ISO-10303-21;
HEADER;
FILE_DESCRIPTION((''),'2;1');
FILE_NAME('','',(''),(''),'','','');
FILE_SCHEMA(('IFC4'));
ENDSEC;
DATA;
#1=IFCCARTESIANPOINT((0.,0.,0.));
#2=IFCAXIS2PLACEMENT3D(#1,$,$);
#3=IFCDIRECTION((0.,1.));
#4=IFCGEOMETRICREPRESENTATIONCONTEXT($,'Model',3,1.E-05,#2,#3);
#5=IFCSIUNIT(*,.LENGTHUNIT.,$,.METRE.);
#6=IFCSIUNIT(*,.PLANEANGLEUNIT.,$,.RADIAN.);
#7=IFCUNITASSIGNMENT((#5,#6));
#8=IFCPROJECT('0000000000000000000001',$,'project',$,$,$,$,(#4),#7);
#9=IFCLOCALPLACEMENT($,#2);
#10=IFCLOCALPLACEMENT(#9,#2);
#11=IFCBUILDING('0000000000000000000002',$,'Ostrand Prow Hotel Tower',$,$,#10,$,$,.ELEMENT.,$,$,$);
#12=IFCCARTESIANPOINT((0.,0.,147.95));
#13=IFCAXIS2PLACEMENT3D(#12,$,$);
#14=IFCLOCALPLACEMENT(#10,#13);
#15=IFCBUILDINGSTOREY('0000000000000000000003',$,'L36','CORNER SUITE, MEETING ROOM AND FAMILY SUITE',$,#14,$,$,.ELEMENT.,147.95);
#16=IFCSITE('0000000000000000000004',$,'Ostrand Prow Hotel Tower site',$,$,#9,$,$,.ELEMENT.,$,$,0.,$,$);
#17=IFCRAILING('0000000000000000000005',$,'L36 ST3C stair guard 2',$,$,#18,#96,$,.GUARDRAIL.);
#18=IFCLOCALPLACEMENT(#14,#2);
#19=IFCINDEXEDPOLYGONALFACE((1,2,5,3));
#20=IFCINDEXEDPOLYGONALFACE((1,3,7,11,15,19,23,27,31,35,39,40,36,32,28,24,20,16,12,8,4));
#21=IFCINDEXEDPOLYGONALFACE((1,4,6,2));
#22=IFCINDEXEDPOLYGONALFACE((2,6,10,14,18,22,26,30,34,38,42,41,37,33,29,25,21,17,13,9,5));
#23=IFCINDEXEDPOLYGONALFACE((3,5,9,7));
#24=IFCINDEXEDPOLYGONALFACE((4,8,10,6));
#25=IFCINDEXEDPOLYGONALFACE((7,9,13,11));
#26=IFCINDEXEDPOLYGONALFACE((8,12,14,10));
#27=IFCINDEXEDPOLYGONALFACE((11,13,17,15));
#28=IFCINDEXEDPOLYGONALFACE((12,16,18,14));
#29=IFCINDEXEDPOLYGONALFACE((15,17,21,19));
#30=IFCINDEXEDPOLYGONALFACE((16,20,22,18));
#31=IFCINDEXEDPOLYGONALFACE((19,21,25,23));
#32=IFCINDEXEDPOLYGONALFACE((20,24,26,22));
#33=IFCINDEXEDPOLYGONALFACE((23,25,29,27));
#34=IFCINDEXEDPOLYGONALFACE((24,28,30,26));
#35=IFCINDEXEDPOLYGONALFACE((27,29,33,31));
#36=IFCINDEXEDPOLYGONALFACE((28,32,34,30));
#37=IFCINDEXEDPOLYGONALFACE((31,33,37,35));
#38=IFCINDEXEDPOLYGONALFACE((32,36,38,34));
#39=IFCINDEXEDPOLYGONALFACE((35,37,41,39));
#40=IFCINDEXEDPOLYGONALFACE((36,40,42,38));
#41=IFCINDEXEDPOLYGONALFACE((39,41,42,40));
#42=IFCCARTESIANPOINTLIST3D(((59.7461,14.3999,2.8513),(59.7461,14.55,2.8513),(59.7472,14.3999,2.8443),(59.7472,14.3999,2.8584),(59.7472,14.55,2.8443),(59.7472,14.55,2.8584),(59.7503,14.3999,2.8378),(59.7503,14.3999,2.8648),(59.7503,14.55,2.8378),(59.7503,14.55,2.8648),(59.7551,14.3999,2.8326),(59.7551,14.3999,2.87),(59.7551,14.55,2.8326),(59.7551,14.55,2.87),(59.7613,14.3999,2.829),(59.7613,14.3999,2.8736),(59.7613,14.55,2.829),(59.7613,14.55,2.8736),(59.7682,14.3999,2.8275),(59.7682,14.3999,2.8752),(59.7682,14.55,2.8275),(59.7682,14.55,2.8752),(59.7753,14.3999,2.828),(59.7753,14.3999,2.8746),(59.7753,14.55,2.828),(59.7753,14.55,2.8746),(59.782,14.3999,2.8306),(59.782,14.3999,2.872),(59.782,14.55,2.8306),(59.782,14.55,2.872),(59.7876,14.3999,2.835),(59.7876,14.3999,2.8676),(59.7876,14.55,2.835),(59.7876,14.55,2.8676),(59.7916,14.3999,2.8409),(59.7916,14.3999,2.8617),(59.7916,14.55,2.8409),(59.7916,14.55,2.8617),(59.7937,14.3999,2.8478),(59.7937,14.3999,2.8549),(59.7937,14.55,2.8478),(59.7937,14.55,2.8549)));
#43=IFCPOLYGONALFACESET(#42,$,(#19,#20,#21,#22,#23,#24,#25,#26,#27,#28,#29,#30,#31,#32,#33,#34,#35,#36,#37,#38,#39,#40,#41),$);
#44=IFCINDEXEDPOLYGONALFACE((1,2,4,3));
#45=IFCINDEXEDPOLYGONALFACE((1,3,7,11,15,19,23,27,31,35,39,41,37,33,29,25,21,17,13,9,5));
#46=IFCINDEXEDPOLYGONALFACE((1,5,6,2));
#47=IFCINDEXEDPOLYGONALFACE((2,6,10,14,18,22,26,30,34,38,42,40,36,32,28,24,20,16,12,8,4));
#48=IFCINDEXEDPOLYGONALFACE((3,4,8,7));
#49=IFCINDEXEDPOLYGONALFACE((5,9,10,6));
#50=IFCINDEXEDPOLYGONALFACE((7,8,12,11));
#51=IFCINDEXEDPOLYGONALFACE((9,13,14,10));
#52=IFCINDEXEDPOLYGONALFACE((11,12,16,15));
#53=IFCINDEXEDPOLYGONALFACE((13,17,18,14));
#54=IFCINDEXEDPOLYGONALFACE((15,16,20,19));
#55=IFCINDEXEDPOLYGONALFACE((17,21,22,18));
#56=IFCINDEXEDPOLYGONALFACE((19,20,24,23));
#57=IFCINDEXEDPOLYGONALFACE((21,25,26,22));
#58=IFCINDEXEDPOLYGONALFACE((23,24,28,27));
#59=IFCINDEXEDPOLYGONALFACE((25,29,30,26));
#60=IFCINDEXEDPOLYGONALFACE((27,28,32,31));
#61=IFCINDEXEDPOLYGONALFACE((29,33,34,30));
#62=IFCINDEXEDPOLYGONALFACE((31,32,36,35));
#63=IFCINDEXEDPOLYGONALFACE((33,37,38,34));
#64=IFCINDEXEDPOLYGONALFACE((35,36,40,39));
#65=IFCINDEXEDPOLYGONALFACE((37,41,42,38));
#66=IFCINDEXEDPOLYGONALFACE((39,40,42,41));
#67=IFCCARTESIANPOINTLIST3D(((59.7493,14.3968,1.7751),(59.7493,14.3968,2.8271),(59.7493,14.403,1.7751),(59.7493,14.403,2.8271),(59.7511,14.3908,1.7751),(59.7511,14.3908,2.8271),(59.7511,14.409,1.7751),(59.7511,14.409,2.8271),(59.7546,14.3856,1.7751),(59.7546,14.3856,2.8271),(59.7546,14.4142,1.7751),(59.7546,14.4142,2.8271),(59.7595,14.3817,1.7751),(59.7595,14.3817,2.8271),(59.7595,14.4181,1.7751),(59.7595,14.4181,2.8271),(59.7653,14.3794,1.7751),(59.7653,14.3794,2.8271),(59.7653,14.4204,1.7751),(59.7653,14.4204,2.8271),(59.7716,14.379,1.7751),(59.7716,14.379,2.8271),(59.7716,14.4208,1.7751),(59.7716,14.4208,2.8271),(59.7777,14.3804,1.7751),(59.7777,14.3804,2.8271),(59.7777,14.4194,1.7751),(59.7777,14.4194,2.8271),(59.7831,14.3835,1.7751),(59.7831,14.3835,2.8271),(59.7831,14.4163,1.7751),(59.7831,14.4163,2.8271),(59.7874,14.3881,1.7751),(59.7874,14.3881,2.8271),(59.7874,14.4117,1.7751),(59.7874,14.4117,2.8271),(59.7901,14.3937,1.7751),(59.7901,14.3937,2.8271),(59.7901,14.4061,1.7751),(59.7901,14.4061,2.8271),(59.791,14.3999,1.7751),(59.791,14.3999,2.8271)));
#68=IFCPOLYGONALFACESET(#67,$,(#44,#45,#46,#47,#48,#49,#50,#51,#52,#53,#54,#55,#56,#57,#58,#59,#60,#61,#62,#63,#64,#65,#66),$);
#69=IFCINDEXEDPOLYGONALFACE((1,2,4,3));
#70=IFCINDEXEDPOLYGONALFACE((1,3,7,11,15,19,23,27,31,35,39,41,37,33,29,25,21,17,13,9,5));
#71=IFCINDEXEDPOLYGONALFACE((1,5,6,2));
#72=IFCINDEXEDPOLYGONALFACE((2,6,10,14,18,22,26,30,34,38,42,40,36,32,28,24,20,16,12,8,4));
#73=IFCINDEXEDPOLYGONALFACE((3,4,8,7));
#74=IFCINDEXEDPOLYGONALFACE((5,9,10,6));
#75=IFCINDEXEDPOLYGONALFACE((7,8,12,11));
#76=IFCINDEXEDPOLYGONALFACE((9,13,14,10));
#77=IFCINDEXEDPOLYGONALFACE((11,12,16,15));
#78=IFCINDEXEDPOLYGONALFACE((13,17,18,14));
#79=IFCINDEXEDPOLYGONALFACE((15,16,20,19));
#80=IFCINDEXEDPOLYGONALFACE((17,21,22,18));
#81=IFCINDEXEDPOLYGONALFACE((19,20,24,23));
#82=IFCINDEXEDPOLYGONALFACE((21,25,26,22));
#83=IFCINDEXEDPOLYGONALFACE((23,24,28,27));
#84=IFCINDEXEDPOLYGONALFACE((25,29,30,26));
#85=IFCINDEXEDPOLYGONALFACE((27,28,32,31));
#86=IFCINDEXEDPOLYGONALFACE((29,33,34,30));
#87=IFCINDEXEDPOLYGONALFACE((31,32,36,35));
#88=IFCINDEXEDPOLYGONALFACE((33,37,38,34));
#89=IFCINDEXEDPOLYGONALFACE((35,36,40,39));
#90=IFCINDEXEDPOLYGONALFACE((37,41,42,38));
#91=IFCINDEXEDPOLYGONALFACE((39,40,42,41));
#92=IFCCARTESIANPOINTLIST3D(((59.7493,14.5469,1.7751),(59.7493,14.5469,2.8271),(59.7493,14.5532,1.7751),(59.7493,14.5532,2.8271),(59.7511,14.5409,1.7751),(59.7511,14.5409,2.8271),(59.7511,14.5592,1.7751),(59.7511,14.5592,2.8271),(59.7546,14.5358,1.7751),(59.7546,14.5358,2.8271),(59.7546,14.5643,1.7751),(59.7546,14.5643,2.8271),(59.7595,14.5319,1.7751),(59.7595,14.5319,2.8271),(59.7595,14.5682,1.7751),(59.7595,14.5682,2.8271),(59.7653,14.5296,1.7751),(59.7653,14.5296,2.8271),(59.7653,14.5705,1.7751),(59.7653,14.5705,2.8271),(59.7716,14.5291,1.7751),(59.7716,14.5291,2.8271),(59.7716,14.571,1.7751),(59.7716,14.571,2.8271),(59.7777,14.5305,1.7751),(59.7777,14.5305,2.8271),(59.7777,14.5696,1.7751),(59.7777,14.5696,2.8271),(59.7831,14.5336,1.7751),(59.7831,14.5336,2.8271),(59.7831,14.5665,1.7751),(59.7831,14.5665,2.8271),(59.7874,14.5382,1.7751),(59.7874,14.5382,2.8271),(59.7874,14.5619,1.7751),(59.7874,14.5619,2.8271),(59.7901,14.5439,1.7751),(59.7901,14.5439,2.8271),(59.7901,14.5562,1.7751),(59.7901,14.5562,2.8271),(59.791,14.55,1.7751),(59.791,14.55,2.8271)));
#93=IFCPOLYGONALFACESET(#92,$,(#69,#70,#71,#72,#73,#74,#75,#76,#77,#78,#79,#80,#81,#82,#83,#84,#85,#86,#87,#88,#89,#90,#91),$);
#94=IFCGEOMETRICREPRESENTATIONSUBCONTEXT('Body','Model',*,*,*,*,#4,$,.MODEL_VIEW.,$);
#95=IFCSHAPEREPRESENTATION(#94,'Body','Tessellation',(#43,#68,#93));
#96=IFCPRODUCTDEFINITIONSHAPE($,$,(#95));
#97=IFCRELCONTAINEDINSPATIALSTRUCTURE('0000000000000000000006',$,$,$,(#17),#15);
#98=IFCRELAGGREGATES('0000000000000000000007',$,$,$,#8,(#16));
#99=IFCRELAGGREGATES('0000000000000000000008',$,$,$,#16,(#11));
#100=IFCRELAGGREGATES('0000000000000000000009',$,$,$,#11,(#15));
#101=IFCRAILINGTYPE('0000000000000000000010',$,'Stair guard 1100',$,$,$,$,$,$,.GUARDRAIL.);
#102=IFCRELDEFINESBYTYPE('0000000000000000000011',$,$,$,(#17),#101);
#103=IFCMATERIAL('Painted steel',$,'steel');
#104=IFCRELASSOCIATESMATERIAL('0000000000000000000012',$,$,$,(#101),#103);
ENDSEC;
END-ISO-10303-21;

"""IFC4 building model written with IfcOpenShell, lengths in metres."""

from ifc_helpers import new_model, si_unit, direction, frame, origin, origin_2d, place, context, subcontext, project, spatial, circle, extrude, material, type_object, element, save


model = new_model("IFC4")

# Units and contexts
model_context = context("Model", 3, precision=1e-05, world=origin(), true_north=direction((0.0, 1.0)))
body_context = subcontext(model_context, "Body", "Model", "MODEL_VIEW")
ifc_project = project(units=[si_unit("LENGTHUNIT", "METRE"), si_unit("PLANEANGLEUNIT", "RADIAN")], contexts=[model_context])

# Site, building, storey
site_placement = place(None, origin())
site = spatial("IfcSite", under=ifc_project, at=site_placement, Name="Ostrand Prow Hotel Tower site", CompositionType="ELEMENT", RefElevation=0.0)
building_placement = place(site_placement, origin())
building = spatial("IfcBuilding", under=site, at=building_placement, Name="Ostrand Prow Hotel Tower", CompositionType="ELEMENT")
storey_placement = place(building_placement, frame((0.0, 0.0, 147.95)))
storey = spatial("IfcBuildingStorey", under=building, at=storey_placement, Name="L36", Description="CORNER SUITE, MEETING ROOM AND FAMILY SUITE", CompositionType="ELEMENT", Elevation=147.95)

# Railing
ifc_material_1 = material(Name="Painted steel", Category="steel")
railing_type_1 = type_object("IfcRailingType", Name="Stair guard 1100", PredefinedType="GUARDRAIL", material=ifc_material_1)
railing_1_placement = place(storey_placement, frame((59.77, 14.3999, 1.7751)))
element("IfcRailing", 1, at=railing_1_placement, inside=storey, type_object=railing_type_1, Name="L36 ST3C stair guard 2", PredefinedType="GUARDRAIL", context=body_context, shape_type="SweptSolid", body=[
    extrude(circle(Radius=0.0239, at=origin_2d()), frame((0.0, 0.0, 1.0762), z_axis=(0.0, 1.0, 0.0), x_axis=(-1.0, 0.0, 0.0)), (0.0, 0.0, 1.0), 0.1501),
    extrude(circle(Radius=0.021, at=origin_2d()), origin(), (0.0, 0.0, 1.0), 1.052),
    extrude(circle(Radius=0.021, at=origin_2d()), frame((0.0, 0.1501, 0.0)), (0.0, 0.0, 1.0), 1.052),
])

save(model, "model.ifc")
